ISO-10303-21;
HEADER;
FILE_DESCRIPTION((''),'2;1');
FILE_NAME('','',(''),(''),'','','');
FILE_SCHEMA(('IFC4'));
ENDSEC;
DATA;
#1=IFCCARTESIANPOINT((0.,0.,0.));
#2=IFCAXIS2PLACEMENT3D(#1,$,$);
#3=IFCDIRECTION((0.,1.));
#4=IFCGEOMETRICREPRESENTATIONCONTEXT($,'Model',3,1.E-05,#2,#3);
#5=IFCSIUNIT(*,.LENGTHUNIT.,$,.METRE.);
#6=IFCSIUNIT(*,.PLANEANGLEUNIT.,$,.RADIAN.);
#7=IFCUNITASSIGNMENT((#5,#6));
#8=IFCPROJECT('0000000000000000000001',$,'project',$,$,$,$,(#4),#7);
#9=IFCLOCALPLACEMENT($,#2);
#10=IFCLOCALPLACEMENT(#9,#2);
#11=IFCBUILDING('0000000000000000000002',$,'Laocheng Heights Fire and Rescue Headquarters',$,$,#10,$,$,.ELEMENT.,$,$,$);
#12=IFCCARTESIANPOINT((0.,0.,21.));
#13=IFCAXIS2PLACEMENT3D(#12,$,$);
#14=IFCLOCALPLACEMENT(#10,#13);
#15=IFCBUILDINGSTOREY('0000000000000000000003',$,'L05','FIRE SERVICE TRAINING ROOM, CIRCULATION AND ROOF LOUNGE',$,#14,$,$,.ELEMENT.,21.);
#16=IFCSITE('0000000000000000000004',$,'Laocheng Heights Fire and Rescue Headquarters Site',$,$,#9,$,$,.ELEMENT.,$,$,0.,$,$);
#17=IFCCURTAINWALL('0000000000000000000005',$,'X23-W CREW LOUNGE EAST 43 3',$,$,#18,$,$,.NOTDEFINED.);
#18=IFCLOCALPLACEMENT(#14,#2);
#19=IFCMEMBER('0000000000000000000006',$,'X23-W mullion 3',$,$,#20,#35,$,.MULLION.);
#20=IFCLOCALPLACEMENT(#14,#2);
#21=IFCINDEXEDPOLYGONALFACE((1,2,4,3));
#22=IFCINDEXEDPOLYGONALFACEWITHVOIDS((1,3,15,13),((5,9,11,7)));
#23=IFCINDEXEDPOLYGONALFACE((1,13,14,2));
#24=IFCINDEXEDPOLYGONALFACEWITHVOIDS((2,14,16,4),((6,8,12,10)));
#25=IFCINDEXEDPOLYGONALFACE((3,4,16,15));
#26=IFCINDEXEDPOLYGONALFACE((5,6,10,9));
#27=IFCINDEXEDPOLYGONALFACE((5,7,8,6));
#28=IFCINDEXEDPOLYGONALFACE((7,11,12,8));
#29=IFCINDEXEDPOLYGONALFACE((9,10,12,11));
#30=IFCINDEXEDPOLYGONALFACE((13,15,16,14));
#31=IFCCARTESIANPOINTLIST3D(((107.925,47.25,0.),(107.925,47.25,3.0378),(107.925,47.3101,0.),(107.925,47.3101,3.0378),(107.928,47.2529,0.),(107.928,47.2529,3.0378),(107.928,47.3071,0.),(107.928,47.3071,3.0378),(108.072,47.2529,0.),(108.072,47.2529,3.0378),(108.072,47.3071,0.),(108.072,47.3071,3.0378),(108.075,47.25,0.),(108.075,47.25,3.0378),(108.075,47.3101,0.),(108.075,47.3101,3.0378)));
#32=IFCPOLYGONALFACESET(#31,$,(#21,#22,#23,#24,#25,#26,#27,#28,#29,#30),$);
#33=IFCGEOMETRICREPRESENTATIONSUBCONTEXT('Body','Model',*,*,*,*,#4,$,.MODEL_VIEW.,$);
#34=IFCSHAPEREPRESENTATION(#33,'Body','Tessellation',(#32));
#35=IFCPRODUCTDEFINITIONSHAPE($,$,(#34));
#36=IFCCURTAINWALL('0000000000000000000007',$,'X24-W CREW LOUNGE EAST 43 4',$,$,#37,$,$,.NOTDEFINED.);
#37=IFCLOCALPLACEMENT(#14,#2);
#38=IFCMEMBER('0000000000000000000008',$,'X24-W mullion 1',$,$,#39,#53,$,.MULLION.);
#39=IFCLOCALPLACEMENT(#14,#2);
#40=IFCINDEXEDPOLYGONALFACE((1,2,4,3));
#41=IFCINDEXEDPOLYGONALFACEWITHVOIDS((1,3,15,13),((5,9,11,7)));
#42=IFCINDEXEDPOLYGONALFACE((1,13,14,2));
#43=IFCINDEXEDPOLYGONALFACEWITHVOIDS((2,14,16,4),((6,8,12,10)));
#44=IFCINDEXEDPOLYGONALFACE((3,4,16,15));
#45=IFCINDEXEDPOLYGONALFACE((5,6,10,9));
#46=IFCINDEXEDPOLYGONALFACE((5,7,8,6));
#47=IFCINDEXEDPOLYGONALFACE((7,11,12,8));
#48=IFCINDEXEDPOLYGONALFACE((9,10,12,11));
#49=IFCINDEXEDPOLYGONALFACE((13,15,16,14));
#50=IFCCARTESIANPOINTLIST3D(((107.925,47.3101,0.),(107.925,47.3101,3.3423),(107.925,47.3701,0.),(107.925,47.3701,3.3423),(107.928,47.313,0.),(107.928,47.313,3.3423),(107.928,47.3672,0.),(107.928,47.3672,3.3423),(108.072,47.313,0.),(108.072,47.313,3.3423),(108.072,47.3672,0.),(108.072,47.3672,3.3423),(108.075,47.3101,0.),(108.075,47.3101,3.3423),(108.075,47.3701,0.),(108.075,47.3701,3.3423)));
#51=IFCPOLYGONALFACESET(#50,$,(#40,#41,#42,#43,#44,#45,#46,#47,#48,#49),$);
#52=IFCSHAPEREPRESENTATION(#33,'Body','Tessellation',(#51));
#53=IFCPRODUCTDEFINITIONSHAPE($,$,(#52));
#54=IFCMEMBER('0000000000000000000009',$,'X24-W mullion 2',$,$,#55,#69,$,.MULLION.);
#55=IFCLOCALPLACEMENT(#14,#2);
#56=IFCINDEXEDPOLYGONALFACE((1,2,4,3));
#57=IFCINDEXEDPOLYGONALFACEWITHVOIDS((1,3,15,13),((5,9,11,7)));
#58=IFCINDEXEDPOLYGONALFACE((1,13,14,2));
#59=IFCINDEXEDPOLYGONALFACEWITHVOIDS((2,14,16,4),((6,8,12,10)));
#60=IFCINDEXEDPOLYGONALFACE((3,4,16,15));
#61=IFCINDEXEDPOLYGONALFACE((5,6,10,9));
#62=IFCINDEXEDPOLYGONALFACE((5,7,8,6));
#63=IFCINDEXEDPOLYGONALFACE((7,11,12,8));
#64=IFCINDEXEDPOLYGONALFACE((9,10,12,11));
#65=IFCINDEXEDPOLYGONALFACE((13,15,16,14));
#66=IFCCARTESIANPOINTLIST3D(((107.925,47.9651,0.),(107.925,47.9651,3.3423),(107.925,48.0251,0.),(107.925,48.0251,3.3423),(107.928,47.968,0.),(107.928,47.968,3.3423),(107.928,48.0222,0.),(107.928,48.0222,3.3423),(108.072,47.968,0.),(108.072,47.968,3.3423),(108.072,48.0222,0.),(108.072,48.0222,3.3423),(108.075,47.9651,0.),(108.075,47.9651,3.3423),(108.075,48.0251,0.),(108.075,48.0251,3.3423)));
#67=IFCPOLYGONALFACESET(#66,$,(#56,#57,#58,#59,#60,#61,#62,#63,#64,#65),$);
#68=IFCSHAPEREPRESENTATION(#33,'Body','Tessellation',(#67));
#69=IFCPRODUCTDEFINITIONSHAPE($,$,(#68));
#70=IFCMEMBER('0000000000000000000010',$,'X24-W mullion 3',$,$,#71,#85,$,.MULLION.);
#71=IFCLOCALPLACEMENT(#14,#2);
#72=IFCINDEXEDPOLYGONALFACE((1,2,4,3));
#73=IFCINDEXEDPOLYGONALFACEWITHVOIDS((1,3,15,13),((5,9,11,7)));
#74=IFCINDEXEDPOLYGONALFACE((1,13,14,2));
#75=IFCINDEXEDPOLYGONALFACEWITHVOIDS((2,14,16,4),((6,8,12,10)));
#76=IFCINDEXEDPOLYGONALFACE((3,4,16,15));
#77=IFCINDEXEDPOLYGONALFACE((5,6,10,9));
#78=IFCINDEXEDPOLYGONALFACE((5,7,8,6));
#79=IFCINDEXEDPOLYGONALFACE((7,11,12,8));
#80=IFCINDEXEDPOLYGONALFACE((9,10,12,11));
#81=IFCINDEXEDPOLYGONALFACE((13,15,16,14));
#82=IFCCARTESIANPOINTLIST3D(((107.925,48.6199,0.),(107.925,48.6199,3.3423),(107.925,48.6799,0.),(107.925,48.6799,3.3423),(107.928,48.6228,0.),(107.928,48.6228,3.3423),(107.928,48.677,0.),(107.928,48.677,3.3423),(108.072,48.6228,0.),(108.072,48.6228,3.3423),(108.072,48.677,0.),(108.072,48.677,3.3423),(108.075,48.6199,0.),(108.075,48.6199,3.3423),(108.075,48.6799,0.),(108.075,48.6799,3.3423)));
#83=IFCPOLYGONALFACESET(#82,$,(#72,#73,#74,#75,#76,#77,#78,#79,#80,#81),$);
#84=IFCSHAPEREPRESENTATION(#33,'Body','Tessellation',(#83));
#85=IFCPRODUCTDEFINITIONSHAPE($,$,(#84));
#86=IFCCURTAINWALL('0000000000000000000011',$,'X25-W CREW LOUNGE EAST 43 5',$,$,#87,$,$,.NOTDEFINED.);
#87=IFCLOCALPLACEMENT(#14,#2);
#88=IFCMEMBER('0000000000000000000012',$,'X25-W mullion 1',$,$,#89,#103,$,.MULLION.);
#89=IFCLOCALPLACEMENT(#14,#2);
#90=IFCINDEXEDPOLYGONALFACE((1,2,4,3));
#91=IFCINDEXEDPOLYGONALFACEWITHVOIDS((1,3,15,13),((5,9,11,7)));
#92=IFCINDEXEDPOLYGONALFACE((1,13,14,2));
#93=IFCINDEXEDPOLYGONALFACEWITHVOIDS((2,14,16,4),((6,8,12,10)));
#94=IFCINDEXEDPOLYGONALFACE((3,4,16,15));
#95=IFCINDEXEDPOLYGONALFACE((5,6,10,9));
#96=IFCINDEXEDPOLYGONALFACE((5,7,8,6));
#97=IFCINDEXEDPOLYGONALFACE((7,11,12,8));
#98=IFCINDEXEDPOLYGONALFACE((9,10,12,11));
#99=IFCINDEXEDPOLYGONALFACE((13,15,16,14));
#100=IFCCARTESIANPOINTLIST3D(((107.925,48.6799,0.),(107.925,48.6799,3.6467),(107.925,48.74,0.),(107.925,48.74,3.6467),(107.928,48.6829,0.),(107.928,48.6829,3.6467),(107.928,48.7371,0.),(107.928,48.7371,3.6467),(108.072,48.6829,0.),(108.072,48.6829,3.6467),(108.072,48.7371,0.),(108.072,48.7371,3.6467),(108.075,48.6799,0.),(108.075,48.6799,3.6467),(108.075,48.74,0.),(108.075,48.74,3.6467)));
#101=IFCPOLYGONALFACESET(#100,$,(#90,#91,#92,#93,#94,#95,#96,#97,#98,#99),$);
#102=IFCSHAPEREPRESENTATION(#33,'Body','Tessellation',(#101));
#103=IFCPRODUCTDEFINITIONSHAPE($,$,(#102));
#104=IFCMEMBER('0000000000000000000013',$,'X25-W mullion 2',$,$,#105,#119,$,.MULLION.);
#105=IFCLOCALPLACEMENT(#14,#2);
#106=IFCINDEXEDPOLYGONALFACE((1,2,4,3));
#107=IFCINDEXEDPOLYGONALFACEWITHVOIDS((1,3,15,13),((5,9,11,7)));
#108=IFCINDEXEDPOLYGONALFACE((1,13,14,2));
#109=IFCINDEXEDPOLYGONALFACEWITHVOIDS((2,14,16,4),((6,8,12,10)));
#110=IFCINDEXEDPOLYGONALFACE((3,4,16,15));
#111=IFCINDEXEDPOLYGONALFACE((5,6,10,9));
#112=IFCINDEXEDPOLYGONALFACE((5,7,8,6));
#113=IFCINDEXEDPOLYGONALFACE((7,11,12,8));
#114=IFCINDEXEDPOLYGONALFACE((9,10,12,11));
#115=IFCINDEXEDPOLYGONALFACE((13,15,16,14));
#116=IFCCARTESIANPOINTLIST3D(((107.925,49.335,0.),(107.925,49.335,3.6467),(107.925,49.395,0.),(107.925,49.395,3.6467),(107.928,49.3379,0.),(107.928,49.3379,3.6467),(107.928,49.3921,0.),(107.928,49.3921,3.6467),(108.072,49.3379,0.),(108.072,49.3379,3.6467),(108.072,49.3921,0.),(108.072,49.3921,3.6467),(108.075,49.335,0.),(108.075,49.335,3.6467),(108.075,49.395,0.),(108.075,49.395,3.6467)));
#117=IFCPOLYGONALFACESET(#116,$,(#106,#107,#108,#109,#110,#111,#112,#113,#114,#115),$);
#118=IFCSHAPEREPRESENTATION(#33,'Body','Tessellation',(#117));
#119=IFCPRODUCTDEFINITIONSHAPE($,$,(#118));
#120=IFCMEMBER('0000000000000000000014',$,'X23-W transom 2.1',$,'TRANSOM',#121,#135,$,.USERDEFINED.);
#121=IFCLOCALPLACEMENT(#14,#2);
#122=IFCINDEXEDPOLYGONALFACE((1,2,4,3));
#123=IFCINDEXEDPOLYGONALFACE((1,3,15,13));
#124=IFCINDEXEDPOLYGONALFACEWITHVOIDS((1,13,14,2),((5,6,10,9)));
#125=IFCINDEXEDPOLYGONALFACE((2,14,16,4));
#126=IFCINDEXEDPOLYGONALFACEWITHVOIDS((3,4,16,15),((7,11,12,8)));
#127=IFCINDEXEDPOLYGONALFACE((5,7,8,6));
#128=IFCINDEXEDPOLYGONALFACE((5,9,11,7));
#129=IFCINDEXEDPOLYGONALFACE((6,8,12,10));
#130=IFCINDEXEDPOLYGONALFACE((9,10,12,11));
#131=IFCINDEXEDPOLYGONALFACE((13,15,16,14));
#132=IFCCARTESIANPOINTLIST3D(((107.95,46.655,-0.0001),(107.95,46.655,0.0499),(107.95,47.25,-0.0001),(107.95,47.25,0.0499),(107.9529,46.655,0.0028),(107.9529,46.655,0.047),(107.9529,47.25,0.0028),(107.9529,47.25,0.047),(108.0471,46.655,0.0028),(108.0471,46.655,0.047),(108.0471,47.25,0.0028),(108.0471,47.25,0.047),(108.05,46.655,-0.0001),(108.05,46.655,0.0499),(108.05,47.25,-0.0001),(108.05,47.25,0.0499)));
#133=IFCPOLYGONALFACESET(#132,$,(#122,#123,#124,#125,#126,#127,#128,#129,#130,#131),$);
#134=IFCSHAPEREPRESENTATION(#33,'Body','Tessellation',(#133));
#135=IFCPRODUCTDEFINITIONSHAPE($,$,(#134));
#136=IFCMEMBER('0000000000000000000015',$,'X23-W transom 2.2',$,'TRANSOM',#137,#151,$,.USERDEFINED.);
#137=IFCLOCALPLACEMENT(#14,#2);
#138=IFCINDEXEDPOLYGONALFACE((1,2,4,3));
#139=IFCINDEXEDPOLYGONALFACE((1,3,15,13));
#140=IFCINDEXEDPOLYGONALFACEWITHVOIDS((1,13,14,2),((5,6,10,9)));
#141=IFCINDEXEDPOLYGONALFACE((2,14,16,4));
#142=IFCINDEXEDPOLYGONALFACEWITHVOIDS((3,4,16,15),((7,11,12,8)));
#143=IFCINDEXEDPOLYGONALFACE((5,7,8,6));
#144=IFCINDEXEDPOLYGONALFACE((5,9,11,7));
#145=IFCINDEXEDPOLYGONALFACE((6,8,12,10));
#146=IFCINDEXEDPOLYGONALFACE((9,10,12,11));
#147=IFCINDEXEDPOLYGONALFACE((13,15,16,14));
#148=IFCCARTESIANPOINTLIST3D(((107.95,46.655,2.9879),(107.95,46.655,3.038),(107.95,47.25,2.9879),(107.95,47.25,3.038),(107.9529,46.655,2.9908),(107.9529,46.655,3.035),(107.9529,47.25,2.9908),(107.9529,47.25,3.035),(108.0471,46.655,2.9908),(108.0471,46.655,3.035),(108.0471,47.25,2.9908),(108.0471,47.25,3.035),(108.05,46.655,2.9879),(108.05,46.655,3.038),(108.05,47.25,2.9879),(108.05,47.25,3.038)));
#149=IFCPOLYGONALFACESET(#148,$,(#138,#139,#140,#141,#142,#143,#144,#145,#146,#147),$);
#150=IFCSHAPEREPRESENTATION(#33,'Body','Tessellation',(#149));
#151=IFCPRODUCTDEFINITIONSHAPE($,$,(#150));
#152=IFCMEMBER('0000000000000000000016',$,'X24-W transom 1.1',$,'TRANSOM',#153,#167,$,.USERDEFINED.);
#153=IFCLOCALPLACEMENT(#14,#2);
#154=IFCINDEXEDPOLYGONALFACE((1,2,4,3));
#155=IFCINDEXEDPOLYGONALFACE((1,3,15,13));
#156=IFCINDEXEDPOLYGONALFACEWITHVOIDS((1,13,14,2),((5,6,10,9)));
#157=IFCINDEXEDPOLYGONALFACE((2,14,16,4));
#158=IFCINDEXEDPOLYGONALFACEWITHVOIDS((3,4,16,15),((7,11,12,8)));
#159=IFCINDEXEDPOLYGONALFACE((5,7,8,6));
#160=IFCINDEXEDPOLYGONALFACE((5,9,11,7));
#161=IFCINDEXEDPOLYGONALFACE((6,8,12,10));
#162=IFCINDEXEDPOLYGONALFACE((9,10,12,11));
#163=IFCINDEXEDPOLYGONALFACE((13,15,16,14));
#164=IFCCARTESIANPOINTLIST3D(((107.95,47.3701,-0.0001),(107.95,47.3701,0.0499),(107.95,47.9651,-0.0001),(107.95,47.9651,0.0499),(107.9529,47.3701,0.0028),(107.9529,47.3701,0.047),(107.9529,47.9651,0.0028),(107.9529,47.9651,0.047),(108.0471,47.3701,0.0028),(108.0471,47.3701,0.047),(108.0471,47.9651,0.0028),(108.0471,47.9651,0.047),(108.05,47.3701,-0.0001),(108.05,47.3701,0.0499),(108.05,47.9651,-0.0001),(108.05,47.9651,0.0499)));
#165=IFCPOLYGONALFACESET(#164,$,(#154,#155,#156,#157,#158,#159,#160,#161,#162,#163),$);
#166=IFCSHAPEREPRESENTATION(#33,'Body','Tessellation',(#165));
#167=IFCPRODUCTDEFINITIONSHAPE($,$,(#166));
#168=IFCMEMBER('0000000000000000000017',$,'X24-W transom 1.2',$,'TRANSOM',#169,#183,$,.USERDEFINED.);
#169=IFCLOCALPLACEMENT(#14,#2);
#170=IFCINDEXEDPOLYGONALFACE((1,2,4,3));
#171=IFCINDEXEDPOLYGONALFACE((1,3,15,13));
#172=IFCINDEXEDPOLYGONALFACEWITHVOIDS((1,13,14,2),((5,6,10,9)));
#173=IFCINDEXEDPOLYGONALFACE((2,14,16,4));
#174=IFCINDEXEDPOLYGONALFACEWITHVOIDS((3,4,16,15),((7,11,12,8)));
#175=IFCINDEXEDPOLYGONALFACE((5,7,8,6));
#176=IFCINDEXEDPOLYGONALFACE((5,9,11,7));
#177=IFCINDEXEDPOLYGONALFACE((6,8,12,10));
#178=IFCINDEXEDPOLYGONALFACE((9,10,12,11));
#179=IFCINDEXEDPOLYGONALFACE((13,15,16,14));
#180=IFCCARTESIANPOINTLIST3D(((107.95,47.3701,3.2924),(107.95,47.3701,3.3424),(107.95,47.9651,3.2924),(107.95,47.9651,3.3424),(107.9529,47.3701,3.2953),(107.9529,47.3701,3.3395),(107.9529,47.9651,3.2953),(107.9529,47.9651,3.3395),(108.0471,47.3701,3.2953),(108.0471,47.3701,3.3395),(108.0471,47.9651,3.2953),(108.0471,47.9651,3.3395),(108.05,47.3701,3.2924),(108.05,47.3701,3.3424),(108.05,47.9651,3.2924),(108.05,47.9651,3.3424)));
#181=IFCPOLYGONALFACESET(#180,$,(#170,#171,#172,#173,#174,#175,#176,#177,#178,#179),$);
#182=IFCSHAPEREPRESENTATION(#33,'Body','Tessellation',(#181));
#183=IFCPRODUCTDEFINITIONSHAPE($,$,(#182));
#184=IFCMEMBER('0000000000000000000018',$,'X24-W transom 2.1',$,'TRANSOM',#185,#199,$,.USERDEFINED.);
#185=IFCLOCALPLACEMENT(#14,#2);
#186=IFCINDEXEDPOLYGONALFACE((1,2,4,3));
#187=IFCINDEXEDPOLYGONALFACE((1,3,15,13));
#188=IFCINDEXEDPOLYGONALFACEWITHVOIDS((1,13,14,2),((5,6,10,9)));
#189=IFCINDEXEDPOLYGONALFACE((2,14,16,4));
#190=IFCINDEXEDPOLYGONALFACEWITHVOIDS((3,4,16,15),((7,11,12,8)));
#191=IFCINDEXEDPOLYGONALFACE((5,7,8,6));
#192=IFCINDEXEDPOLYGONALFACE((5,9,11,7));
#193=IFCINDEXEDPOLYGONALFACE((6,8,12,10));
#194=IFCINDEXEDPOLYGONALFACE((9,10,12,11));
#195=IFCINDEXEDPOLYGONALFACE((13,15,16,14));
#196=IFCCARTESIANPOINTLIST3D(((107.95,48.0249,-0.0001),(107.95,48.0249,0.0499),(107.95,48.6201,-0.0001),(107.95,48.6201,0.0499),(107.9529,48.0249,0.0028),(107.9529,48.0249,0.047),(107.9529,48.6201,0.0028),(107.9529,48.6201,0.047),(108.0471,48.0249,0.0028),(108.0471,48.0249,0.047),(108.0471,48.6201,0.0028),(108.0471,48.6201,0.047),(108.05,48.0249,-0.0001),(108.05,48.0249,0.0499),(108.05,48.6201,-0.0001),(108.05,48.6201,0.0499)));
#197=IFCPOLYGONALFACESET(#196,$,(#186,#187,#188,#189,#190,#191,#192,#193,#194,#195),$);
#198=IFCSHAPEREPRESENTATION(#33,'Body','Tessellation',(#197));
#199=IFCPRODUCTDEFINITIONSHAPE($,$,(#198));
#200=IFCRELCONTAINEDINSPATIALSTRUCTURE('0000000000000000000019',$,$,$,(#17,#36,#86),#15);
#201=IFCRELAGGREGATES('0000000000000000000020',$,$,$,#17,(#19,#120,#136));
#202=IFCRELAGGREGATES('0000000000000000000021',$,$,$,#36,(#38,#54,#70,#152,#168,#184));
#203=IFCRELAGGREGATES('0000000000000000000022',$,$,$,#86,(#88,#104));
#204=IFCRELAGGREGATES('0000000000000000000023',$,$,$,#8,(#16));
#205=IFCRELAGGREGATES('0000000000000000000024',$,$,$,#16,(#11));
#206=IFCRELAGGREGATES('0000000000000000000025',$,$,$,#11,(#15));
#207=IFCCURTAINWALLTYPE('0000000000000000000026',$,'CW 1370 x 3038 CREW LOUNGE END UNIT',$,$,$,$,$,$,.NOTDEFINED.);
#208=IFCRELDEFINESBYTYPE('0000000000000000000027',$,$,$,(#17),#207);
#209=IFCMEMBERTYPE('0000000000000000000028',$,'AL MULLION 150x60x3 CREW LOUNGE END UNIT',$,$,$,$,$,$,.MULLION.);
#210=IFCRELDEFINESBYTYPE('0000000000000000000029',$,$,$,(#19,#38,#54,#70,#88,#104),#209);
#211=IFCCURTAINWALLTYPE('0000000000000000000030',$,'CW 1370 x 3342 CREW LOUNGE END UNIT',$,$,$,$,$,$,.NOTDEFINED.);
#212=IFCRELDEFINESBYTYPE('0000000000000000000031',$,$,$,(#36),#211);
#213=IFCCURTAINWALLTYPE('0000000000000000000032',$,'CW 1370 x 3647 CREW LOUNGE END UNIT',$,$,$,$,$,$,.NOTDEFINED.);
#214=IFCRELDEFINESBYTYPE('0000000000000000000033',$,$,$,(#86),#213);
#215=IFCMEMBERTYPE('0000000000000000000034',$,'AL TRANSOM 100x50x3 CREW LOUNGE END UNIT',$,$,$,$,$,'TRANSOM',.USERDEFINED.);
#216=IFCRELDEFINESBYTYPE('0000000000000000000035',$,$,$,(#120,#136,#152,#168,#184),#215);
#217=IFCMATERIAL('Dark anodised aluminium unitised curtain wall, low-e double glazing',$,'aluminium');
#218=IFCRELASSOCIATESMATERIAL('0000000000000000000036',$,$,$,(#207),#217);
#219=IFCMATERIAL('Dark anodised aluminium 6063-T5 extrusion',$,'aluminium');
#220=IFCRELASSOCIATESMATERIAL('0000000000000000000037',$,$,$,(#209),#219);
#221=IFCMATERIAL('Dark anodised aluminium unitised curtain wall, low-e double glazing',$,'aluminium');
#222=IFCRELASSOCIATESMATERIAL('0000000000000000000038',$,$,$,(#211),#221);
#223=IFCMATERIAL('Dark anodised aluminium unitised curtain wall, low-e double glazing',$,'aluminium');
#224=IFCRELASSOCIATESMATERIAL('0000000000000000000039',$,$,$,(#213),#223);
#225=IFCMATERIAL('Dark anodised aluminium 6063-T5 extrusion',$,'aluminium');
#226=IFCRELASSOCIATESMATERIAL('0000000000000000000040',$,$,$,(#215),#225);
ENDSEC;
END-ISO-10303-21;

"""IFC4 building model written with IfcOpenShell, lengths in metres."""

from ifc_helpers import new_model, si_unit, direction, frame, origin, origin_2d, place, context, subcontext, project, spatial, hollow_rectangle, extrude, material, material_profile, profile_set, type_object, element, aggregate, save


model = new_model("IFC4")

# Units and contexts
model_context = context("Model", 3, precision=1e-05, world=origin(), true_north=direction((0.0, 1.0)))
body_context = subcontext(model_context, "Body", "Model", "MODEL_VIEW")
ifc_project = project(units=[si_unit("LENGTHUNIT", "METRE"), si_unit("PLANEANGLEUNIT", "RADIAN")], contexts=[model_context])

# Site, building, storey
site_placement = place(None, origin())
site = spatial("IfcSite", under=ifc_project, at=site_placement, Name="Laocheng Heights Fire and Rescue Headquarters Site", CompositionType="ELEMENT", RefElevation=0.0)
building_placement = place(site_placement, origin())
building = spatial("IfcBuilding", under=site, at=building_placement, Name="Laocheng Heights Fire and Rescue Headquarters", CompositionType="ELEMENT")
storey_placement = place(building_placement, frame((0.0, 0.0, 21.0)))
storey = spatial("IfcBuildingStorey", under=building, at=storey_placement, Name="L05", Description="FIRE SERVICE TRAINING ROOM, CIRCULATION AND ROOF LOUNGE", CompositionType="ELEMENT", Elevation=21.0)

# Curtain wall, member
ifc_material_1 = material(Name="Dark anodised aluminium unitised curtain wall, low-e double glazing", Category="aluminium")
curtain_wall_type_1 = type_object("IfcCurtainWallType", Name="CW 1370 x 3038 CREW LOUNGE END UNIT", PredefinedType="NOTDEFINED", material=ifc_material_1)
curtain_wall_1_placement = place(storey_placement, origin())
curtain_wall_1 = element("IfcCurtainWall", 1, at=curtain_wall_1_placement, inside=storey, type_object=curtain_wall_type_1, Name="X23-W CREW LOUNGE EAST 43 3", PredefinedType="NOTDEFINED")
ifc_material_2 = material(Name="Dark anodised aluminium 6063-T5 extrusion", Category="aluminium")
ifc_material_profile_1 = material_profile(ifc_material_2, hollow_rectangle(XDim=0.1499, YDim=0.0601, WallThickness=0.0029, at=origin_2d()), Name="AL MULLION 150x60x3 CREW LOUNGE END UNIT")
ifc_profile_set_1 = profile_set([ifc_material_profile_1], Name="Dark anodised aluminium 6063-T5 extrusion")
member_type_1 = type_object("IfcMemberType", Name="AL MULLION 150x60x3 CREW LOUNGE END UNIT", PredefinedType="MULLION", material=ifc_profile_set_1)
member_1_placement = place(storey_placement, frame((108.0, 47.28, 0.0), z_axis=(0.0, 0.0, 1.0), x_axis=(-1.0, 0.0, 0.0)))
member_1 = element("IfcMember", 2, at=member_1_placement, type_object=member_type_1, Name="X23-W mullion 3", PredefinedType="MULLION", context=body_context, shape_type="SweptSolid", body=[
    extrude(hollow_rectangle(XDim=0.1499, YDim=0.0601, WallThickness=0.0029, at=origin_2d()), origin(), (0.0, 0.0, 1.0), 3.0378),
])

# Curtain walls, members
ifc_material_3 = material(Name="Dark anodised aluminium unitised curtain wall, low-e double glazing", Category="aluminium")
curtain_wall_type_2 = type_object("IfcCurtainWallType", Name="CW 1370 x 3342 CREW LOUNGE END UNIT", PredefinedType="NOTDEFINED", material=ifc_material_3)
curtain_wall_2_placement = place(storey_placement, origin())
curtain_wall_2 = element("IfcCurtainWall", 3, at=curtain_wall_2_placement, inside=storey, type_object=curtain_wall_type_2, Name="X24-W CREW LOUNGE EAST 43 4", PredefinedType="NOTDEFINED")
member_2_placement = place(storey_placement, frame((108.0, 47.3401, 0.0), z_axis=(0.0, 0.0, 1.0), x_axis=(-1.0, 0.0, 0.0)))
member_2 = element("IfcMember", 4, at=member_2_placement, type_object=member_type_1, Name="X24-W mullion 1", PredefinedType="MULLION", context=body_context, shape_type="SweptSolid", body=[
    extrude(hollow_rectangle(XDim=0.1499, YDim=0.0601, WallThickness=0.0029, at=origin_2d()), origin(), (0.0, 0.0, 1.0), 3.3423),
])
member_3_placement = place(storey_placement, frame((108.0, 47.9951, 0.0), z_axis=(0.0, 0.0, 1.0), x_axis=(-1.0, 0.0, 0.0)))
member_3 = element("IfcMember", 5, at=member_3_placement, type_object=member_type_1, Name="X24-W mullion 2", PredefinedType="MULLION", context=body_context, shape_type="SweptSolid", body=[
    extrude(hollow_rectangle(XDim=0.1499, YDim=0.0601, WallThickness=0.0029, at=origin_2d()), origin(), (0.0, 0.0, 1.0), 3.3423),
])
member_4_placement = place(storey_placement, frame((108.0, 48.6499, 0.0), z_axis=(0.0, 0.0, 1.0), x_axis=(-1.0, 0.0, 0.0)))
member_4 = element("IfcMember", 6, at=member_4_placement, type_object=member_type_1, Name="X24-W mullion 3", PredefinedType="MULLION", context=body_context, shape_type="SweptSolid", body=[
    extrude(hollow_rectangle(XDim=0.1499, YDim=0.0601, WallThickness=0.0029, at=origin_2d()), origin(), (0.0, 0.0, 1.0), 3.3423),
])
ifc_material_4 = material(Name="Dark anodised aluminium unitised curtain wall, low-e double glazing", Category="aluminium")
curtain_wall_type_3 = type_object("IfcCurtainWallType", Name="CW 1370 x 3647 CREW LOUNGE END UNIT", PredefinedType="NOTDEFINED", material=ifc_material_4)
curtain_wall_3_placement = place(storey_placement, origin())
curtain_wall_3 = element("IfcCurtainWall", 7, at=curtain_wall_3_placement, inside=storey, type_object=curtain_wall_type_3, Name="X25-W CREW LOUNGE EAST 43 5", PredefinedType="NOTDEFINED")
member_5_placement = place(storey_placement, frame((108.0, 48.71, 0.0), z_axis=(0.0, 0.0, 1.0), x_axis=(-1.0, 0.0, 0.0)))
member_5 = element("IfcMember", 8, at=member_5_placement, type_object=member_type_1, Name="X25-W mullion 1", PredefinedType="MULLION", context=body_context, shape_type="SweptSolid", body=[
    extrude(hollow_rectangle(XDim=0.1499, YDim=0.0601, WallThickness=0.0029, at=origin_2d()), origin(), (0.0, 0.0, 1.0), 3.6467),
])
member_6_placement = place(storey_placement, frame((108.0, 49.365, 0.0), z_axis=(0.0, 0.0, 1.0), x_axis=(-1.0, 0.0, 0.0)))
member_6 = element("IfcMember", 9, at=member_6_placement, type_object=member_type_1, Name="X25-W mullion 2", PredefinedType="MULLION", context=body_context, shape_type="SweptSolid", body=[
    extrude(hollow_rectangle(XDim=0.1499, YDim=0.0601, WallThickness=0.0029, at=origin_2d()), origin(), (0.0, 0.0, 1.0), 3.6467),
])

# Members
ifc_material_5 = material(Name="Dark anodised aluminium 6063-T5 extrusion", Category="aluminium")
ifc_material_profile_2 = material_profile(ifc_material_5, hollow_rectangle(XDim=0.1001, YDim=0.05, WallThickness=0.0029, at=origin_2d()), Name="AL TRANSOM 100x50x3 CREW LOUNGE END UNIT")
ifc_profile_set_2 = profile_set([ifc_material_profile_2], Name="Dark anodised aluminium 6063-T5 extrusion")
member_type_2 = type_object("IfcMemberType", Name="AL TRANSOM 100x50x3 CREW LOUNGE END UNIT", ElementType="TRANSOM", PredefinedType="USERDEFINED", material=ifc_profile_set_2)
member_7_placement = place(storey_placement, frame((108.0, 46.655, 0.0249), z_axis=(0.0, 1.0, 0.0), x_axis=(-1.0, 0.0, 0.0)))
member_7 = element("IfcMember", 10, at=member_7_placement, type_object=member_type_2, Name="X23-W transom 2.1", ObjectType="TRANSOM", PredefinedType="USERDEFINED", context=body_context, shape_type="SweptSolid", body=[
    extrude(hollow_rectangle(XDim=0.1001, YDim=0.05, WallThickness=0.0029, at=origin_2d()), origin(), (0.0, 0.0, 1.0), 0.595),
])
member_8_placement = place(storey_placement, frame((108.0, 46.655, 3.0129), z_axis=(0.0, 1.0, 0.0), x_axis=(-1.0, 0.0, 0.0)))
member_8 = element("IfcMember", 11, at=member_8_placement, type_object=member_type_2, Name="X23-W transom 2.2", ObjectType="TRANSOM", PredefinedType="USERDEFINED", context=body_context, shape_type="SweptSolid", body=[
    extrude(hollow_rectangle(XDim=0.1001, YDim=0.05, WallThickness=0.0029, at=origin_2d()), origin(), (0.0, 0.0, 1.0), 0.595),
])
member_9_placement = place(storey_placement, frame((108.0, 47.3701, 0.0249), z_axis=(0.0, 1.0, 0.0), x_axis=(-1.0, 0.0, 0.0)))
member_9 = element("IfcMember", 12, at=member_9_placement, type_object=member_type_2, Name="X24-W transom 1.1", ObjectType="TRANSOM", PredefinedType="USERDEFINED", context=body_context, shape_type="SweptSolid", body=[
    extrude(hollow_rectangle(XDim=0.1001, YDim=0.05, WallThickness=0.0029, at=origin_2d()), origin(), (0.0, 0.0, 1.0), 0.595),
])
member_10_placement = place(storey_placement, frame((108.0, 47.3701, 3.3174), z_axis=(0.0, 1.0, 0.0), x_axis=(-1.0, 0.0, 0.0)))
member_10 = element("IfcMember", 13, at=member_10_placement, type_object=member_type_2, Name="X24-W transom 1.2", ObjectType="TRANSOM", PredefinedType="USERDEFINED", context=body_context, shape_type="SweptSolid", body=[
    extrude(hollow_rectangle(XDim=0.1001, YDim=0.05, WallThickness=0.0029, at=origin_2d()), origin(), (0.0, 0.0, 1.0), 0.595),
])
member_11_placement = place(storey_placement, frame((108.0, 48.0249, 0.0249), z_axis=(0.0, 1.0, 0.0), x_axis=(-1.0, 0.0, 0.0)))
member_11 = element("IfcMember", 14, at=member_11_placement, type_object=member_type_2, Name="X24-W transom 2.1", ObjectType="TRANSOM", PredefinedType="USERDEFINED", context=body_context, shape_type="SweptSolid", body=[
    extrude(hollow_rectangle(XDim=0.1001, YDim=0.05, WallThickness=0.0029, at=origin_2d()), origin(), (0.0, 0.0, 1.0), 0.5952),
])

aggregate(curtain_wall_1, [member_1, member_7, member_8])
aggregate(curtain_wall_2, [member_2, member_3, member_4, member_9, member_10, member_11])
aggregate(curtain_wall_3, [member_5, member_6])

save(model, "model.ifc")
